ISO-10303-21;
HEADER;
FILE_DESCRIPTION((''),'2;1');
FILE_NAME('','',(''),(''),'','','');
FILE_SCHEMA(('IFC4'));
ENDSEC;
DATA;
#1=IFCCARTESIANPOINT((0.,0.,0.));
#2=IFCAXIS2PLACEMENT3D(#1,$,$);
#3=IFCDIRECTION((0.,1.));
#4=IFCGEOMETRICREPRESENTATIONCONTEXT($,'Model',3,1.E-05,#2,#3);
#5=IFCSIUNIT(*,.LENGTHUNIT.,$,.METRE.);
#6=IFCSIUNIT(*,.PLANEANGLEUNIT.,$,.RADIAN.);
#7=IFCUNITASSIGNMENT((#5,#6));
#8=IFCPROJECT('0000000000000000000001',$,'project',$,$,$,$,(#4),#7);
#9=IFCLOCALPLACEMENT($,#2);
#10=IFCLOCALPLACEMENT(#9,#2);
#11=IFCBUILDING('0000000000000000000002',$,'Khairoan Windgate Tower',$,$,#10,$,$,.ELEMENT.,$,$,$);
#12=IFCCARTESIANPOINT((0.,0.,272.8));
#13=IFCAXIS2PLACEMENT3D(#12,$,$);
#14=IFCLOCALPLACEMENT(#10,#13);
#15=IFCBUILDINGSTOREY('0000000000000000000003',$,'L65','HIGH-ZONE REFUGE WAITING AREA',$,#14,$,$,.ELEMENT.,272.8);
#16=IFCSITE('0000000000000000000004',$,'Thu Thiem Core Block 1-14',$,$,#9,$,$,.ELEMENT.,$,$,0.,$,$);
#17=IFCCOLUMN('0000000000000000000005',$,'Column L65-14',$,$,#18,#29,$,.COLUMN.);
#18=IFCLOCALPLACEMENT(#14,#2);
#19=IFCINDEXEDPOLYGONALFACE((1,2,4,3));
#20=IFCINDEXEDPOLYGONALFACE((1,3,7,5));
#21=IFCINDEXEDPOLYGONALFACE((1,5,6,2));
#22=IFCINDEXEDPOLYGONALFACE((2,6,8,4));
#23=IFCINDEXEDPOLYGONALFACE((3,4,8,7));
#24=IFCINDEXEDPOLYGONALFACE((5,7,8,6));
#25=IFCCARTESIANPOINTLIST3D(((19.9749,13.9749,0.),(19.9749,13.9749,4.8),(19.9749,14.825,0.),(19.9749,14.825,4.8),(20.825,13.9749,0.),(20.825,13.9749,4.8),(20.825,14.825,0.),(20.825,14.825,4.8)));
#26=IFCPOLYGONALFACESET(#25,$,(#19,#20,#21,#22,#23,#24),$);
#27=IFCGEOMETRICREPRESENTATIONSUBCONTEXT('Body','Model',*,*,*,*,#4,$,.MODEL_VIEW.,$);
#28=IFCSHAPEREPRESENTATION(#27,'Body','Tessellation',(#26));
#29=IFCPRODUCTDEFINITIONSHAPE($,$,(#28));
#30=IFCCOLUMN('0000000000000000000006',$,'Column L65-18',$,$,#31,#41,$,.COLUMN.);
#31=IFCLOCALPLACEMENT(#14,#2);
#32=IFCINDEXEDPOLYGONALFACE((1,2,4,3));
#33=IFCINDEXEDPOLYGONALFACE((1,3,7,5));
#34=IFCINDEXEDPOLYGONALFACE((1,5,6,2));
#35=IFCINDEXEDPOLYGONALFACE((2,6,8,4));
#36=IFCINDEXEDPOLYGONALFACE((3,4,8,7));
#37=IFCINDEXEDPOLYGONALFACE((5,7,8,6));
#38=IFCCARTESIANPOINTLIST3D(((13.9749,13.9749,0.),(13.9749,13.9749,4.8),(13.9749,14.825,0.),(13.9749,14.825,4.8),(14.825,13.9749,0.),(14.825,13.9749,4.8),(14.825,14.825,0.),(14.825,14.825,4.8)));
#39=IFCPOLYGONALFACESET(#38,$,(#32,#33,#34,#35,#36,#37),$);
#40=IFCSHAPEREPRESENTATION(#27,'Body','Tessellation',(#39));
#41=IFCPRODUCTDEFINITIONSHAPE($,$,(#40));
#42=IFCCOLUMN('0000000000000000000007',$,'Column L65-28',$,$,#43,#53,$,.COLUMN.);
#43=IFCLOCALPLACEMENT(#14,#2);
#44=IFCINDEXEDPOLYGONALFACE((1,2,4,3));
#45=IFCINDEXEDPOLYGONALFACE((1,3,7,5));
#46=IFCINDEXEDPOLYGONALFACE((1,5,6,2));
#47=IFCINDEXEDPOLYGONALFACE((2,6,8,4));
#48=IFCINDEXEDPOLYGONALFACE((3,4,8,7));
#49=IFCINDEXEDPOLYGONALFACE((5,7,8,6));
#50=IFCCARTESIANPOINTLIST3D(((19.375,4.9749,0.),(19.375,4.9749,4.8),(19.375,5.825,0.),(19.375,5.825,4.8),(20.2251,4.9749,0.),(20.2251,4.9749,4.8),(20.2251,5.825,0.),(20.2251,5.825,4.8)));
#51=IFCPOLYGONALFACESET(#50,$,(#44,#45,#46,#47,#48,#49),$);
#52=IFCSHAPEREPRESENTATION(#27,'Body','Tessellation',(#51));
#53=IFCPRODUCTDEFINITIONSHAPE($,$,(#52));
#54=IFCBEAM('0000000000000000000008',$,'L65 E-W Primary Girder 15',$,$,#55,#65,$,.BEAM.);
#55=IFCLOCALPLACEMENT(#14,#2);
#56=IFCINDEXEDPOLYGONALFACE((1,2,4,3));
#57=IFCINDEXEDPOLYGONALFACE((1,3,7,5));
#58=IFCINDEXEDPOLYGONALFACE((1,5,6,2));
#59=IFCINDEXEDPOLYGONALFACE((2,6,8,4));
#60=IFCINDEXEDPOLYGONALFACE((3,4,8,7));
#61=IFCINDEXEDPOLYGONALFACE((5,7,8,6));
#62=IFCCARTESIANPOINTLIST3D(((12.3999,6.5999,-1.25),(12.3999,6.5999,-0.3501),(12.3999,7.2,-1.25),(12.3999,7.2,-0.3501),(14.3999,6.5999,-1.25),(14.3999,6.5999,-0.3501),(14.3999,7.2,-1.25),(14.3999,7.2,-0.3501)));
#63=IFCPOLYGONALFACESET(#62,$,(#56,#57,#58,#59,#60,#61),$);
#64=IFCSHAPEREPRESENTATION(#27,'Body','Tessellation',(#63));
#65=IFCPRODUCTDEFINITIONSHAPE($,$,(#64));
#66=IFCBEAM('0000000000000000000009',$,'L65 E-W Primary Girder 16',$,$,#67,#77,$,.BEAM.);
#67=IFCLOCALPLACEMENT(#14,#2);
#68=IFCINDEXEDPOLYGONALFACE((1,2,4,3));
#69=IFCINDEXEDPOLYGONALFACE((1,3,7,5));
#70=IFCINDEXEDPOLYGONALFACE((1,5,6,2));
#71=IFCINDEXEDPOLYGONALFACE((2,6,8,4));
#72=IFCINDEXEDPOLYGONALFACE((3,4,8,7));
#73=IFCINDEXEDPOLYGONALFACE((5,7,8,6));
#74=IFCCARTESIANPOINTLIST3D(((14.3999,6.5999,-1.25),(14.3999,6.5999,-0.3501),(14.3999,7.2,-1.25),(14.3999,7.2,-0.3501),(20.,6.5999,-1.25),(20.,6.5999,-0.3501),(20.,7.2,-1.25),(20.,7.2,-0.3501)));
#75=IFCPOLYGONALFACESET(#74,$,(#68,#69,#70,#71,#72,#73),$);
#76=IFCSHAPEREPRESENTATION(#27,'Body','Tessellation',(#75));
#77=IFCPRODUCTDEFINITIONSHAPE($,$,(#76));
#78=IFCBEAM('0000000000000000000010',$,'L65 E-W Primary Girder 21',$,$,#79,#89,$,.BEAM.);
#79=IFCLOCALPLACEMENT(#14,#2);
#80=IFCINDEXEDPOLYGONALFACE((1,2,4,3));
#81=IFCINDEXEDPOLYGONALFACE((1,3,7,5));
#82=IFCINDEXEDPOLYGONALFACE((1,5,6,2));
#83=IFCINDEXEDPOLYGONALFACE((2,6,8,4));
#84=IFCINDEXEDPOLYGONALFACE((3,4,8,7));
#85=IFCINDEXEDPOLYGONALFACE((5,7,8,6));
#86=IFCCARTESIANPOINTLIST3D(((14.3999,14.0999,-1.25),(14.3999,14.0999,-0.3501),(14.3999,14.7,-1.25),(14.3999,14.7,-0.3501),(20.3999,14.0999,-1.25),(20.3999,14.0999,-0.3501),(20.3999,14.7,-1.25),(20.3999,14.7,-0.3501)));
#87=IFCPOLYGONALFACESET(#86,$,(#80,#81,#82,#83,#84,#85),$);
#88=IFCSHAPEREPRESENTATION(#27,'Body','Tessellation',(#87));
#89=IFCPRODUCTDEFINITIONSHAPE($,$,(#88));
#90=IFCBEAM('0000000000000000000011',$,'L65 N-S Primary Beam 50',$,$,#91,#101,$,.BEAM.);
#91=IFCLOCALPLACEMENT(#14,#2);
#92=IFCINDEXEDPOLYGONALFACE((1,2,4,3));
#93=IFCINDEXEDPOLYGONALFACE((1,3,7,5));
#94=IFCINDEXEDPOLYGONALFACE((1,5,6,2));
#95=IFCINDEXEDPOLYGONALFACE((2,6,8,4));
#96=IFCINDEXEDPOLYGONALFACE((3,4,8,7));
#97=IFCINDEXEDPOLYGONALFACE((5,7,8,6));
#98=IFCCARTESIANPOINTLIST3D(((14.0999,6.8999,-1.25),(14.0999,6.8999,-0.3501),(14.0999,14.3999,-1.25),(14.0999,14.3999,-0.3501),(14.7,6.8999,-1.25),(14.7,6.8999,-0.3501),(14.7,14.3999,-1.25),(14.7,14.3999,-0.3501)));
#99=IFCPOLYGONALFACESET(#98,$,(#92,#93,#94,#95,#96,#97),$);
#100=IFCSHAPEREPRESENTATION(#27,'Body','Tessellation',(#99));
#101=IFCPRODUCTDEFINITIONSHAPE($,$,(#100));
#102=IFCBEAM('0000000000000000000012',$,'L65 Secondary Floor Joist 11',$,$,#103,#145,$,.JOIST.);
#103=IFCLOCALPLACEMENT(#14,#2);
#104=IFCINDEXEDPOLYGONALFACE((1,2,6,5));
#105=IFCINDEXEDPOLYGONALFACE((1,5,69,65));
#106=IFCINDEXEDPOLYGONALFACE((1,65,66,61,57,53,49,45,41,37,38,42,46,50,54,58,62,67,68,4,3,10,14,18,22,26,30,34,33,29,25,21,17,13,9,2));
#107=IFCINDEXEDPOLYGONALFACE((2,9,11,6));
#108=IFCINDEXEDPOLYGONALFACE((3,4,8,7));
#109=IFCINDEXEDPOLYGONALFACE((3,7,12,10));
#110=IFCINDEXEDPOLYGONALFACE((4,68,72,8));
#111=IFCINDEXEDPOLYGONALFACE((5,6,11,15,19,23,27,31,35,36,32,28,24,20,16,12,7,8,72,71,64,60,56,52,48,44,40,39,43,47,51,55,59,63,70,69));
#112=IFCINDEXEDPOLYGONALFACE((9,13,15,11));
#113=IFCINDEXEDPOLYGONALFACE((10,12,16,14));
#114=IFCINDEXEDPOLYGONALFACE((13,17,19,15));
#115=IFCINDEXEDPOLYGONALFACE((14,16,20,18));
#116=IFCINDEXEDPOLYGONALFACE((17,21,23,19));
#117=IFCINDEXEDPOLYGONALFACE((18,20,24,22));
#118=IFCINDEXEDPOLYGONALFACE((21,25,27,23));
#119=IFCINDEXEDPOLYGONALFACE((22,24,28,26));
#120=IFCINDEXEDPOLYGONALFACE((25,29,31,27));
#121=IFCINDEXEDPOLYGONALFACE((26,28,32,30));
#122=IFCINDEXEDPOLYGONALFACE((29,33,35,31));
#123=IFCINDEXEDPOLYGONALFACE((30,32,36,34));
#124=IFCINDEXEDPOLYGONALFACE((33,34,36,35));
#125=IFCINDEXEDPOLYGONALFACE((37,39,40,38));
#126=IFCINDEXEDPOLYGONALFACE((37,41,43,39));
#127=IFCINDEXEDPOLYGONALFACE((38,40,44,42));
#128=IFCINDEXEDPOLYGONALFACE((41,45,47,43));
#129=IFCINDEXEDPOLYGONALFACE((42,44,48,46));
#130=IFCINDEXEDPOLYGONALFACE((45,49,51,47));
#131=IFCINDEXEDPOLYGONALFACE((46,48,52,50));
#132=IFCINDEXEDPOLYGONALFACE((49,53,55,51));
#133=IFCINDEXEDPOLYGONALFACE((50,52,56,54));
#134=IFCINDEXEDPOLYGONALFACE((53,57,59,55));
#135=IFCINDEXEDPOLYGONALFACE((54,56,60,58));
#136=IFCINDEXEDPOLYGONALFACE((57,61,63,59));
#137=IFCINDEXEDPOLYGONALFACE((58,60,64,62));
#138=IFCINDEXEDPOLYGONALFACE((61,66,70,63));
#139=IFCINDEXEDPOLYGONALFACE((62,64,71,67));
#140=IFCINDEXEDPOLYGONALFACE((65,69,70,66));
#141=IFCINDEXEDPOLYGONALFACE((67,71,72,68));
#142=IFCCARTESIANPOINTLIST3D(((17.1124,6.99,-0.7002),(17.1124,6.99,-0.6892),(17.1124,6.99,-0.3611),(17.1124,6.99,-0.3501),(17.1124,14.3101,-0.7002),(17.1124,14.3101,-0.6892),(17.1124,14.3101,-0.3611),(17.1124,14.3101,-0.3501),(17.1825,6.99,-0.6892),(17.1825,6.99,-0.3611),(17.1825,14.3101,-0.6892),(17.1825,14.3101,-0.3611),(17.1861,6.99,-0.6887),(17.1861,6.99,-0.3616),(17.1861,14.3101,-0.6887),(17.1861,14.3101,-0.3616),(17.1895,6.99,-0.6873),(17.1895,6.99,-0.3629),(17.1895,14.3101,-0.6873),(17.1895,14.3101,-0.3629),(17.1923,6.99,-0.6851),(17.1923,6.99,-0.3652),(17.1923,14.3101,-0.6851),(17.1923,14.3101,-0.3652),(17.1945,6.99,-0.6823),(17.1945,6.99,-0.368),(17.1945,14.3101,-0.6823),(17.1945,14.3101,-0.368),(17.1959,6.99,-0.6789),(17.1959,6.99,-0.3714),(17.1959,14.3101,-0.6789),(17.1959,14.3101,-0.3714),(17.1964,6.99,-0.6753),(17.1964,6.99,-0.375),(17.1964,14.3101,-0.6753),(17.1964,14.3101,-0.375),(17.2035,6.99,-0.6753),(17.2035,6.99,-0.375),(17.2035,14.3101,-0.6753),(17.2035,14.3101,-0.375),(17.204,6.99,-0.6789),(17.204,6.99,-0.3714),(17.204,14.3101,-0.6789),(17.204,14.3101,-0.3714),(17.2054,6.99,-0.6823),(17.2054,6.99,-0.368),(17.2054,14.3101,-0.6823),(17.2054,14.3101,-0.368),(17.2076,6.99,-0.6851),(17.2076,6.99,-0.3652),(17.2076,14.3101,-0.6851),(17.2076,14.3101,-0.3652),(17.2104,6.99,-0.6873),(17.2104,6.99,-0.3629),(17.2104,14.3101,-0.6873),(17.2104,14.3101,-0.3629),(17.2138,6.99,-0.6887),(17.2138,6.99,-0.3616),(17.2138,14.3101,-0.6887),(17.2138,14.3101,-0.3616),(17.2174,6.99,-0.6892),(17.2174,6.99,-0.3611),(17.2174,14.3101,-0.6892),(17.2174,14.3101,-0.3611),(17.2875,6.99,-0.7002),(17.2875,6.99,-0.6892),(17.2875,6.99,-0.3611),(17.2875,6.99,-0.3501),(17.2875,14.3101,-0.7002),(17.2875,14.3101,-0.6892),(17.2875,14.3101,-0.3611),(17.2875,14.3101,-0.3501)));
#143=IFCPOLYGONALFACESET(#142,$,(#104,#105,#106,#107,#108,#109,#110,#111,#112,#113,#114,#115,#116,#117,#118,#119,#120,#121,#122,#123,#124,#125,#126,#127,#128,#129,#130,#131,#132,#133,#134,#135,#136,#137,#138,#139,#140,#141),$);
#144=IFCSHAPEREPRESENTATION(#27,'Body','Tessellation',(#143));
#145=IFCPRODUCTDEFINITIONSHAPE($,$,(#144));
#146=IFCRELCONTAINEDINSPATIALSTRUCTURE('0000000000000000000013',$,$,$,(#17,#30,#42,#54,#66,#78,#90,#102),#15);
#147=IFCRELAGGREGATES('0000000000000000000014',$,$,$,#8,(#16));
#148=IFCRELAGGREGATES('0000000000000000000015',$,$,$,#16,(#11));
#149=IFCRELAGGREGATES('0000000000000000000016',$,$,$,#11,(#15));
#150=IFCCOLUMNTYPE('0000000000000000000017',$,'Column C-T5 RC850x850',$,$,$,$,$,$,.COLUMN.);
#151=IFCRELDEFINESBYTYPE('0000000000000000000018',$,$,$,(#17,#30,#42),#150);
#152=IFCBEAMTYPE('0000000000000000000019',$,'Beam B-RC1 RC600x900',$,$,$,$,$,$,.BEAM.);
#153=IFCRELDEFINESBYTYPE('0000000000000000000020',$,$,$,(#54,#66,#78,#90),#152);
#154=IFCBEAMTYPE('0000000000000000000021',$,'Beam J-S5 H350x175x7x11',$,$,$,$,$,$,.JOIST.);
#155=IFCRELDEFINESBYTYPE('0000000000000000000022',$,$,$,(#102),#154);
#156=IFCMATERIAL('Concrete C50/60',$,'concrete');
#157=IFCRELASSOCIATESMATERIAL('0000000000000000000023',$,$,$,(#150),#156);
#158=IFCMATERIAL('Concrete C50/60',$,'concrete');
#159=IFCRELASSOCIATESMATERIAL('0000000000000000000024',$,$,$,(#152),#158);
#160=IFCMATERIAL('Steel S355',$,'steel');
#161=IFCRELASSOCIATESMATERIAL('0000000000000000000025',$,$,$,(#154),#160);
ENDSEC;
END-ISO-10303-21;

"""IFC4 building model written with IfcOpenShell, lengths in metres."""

from ifc_helpers import new_model, si_unit, direction, frame, origin, origin_2d, place, context, subcontext, project, spatial, rectangle, i_section, extrude, material, material_profile, profile_set, type_object, element, save


model = new_model("IFC4")

# Units and contexts
model_context = context("Model", 3, precision=1e-05, world=origin(), true_north=direction((0.0, 1.0)))
body_context = subcontext(model_context, "Body", "Model", "MODEL_VIEW")
ifc_project = project(units=[si_unit("LENGTHUNIT", "METRE"), si_unit("PLANEANGLEUNIT", "RADIAN")], contexts=[model_context])

# Site, building, storey
site_placement = place(None, origin())
site = spatial("IfcSite", under=ifc_project, at=site_placement, Name="Thu Thiem Core Block 1-14", CompositionType="ELEMENT", RefElevation=0.0)
building_placement = place(site_placement, origin())
building = spatial("IfcBuilding", under=site, at=building_placement, Name="Khairoan Windgate Tower", CompositionType="ELEMENT")
storey_placement = place(building_placement, frame((0.0, 0.0, 272.8)))
storey = spatial("IfcBuildingStorey", under=building, at=storey_placement, Name="L65", Description="HIGH-ZONE REFUGE WAITING AREA", CompositionType="ELEMENT", Elevation=272.8)

# Columns
ifc_material_1 = material(Name="Concrete C50/60", Category="concrete")
ifc_material_profile_1 = material_profile(ifc_material_1, rectangle(XDim=0.8501, YDim=0.8501, at=origin_2d()))
ifc_profile_set_1 = profile_set([ifc_material_profile_1], Name="Concrete C50/60")
column_type = type_object("IfcColumnType", Name="Column C-T5 RC850x850", PredefinedType="COLUMN", material=ifc_profile_set_1)
for number, where, z_axis, x_axis, name in (
    (1, (20.3999, 14.3999, 0.0), (0.0, 0.0, 1.0), (1.0, 0.0, 0.0), "Column L65-14"),
    (2, (14.3999, 14.3999, 0.0), (0.0, 0.0, 1.0), (1.0, 0.0, 0.0), "Column L65-18"),
    (3, (19.8, 5.3999, 0.0), (0.0, 0.0, 1.0), (1.0, 0.0, 0.0), "Column L65-28"),
):
    element("IfcColumn", number, at=place(storey_placement, frame(where, z_axis=z_axis, x_axis=x_axis)), inside=storey, type_object=column_type, Name=name, PredefinedType="COLUMN", context=body_context, shape_type="SweptSolid", body=[
        extrude(rectangle(XDim=0.8501, YDim=0.8501, at=origin_2d()), origin(), (0.0, 0.0, 1.0), 4.8),
    ])

# Beams
ifc_material_2 = material(Name="Concrete C50/60", Category="concrete")
ifc_material_profile_2 = material_profile(ifc_material_2, rectangle(XDim=0.6001, YDim=0.8999, at=origin_2d()))
ifc_profile_set_2 = profile_set([ifc_material_profile_2], Name="Concrete C50/60")
beam_type_1 = type_object("IfcBeamType", Name="Beam B-RC1 RC600x900", PredefinedType="BEAM", material=ifc_profile_set_2)
beam_1_placement = place(storey_placement, frame((12.3999, 6.8999, -0.8), z_axis=(1.0, 0.0, 0.0), x_axis=(0.0, 1.0, 0.0)))
element("IfcBeam", 4, at=beam_1_placement, inside=storey, type_object=beam_type_1, Name="L65 E-W Primary Girder 15", PredefinedType="BEAM", context=body_context, shape_type="SweptSolid", body=[
    extrude(rectangle(XDim=0.6001, YDim=0.8999, at=origin_2d()), origin(), (0.0, 0.0, 1.0), 2.0),
])
beam_2_placement = place(storey_placement, frame((14.3999, 6.8999, -0.8), z_axis=(1.0, 0.0, 0.0), x_axis=(0.0, 1.0, 0.0)))
element("IfcBeam", 5, at=beam_2_placement, inside=storey, type_object=beam_type_1, Name="L65 E-W Primary Girder 16", PredefinedType="BEAM", context=body_context, shape_type="SweptSolid", body=[
    extrude(rectangle(XDim=0.6001, YDim=0.8999, at=origin_2d()), origin(), (0.0, 0.0, 1.0), 5.6001),
])
beam_3_placement = place(storey_placement, frame((14.3999, 14.3999, -0.8), z_axis=(1.0, 0.0, 0.0), x_axis=(0.0, 1.0, 0.0)))
element("IfcBeam", 6, at=beam_3_placement, inside=storey, type_object=beam_type_1, Name="L65 E-W Primary Girder 21", PredefinedType="BEAM", context=body_context, shape_type="SweptSolid", body=[
    extrude(rectangle(XDim=0.6001, YDim=0.8999, at=origin_2d()), origin(), (0.0, 0.0, 1.0), 6.0),
])
beam_4_placement = place(storey_placement, frame((14.3999, 6.8999, -0.8), z_axis=(0.0, 1.0, 0.0), x_axis=(-1.0, 0.0, 0.0)))
element("IfcBeam", 7, at=beam_4_placement, inside=storey, type_object=beam_type_1, Name="L65 N-S Primary Beam 50", PredefinedType="BEAM", context=body_context, shape_type="SweptSolid", body=[
    extrude(rectangle(XDim=0.6001, YDim=0.8999, at=origin_2d()), origin(), (0.0, 0.0, 1.0), 7.5),
])
ifc_material_3 = material(Name="Steel S355", Category="steel")
ifc_material_profile_3 = material_profile(ifc_material_3, i_section(OverallWidth=0.175, OverallDepth=0.3501, WebThickness=0.0071, FlangeThickness=0.011, FilletRadius=0.0139, at=origin_2d()))
ifc_profile_set_3 = profile_set([ifc_material_profile_3], Name="Steel S355")
beam_type_2 = type_object("IfcBeamType", Name="Beam J-S5 H350x175x7x11", PredefinedType="JOIST", material=ifc_profile_set_3)
beam_5_placement = place(storey_placement, frame((17.2, 6.99, -0.5251), z_axis=(0.0, 1.0, 0.0), x_axis=(-1.0, 0.0, 0.0)))
element("IfcBeam", 8, at=beam_5_placement, inside=storey, type_object=beam_type_2, Name="L65 Secondary Floor Joist 11", PredefinedType="JOIST", context=body_context, shape_type="SweptSolid", body=[
    extrude(i_section(OverallWidth=0.175, OverallDepth=0.3501, WebThickness=0.0071, FlangeThickness=0.011, FilletRadius=0.0139, at=origin_2d()), origin(), (0.0, 0.0, 1.0), 7.3201),
])

save(model, "model.ifc")
